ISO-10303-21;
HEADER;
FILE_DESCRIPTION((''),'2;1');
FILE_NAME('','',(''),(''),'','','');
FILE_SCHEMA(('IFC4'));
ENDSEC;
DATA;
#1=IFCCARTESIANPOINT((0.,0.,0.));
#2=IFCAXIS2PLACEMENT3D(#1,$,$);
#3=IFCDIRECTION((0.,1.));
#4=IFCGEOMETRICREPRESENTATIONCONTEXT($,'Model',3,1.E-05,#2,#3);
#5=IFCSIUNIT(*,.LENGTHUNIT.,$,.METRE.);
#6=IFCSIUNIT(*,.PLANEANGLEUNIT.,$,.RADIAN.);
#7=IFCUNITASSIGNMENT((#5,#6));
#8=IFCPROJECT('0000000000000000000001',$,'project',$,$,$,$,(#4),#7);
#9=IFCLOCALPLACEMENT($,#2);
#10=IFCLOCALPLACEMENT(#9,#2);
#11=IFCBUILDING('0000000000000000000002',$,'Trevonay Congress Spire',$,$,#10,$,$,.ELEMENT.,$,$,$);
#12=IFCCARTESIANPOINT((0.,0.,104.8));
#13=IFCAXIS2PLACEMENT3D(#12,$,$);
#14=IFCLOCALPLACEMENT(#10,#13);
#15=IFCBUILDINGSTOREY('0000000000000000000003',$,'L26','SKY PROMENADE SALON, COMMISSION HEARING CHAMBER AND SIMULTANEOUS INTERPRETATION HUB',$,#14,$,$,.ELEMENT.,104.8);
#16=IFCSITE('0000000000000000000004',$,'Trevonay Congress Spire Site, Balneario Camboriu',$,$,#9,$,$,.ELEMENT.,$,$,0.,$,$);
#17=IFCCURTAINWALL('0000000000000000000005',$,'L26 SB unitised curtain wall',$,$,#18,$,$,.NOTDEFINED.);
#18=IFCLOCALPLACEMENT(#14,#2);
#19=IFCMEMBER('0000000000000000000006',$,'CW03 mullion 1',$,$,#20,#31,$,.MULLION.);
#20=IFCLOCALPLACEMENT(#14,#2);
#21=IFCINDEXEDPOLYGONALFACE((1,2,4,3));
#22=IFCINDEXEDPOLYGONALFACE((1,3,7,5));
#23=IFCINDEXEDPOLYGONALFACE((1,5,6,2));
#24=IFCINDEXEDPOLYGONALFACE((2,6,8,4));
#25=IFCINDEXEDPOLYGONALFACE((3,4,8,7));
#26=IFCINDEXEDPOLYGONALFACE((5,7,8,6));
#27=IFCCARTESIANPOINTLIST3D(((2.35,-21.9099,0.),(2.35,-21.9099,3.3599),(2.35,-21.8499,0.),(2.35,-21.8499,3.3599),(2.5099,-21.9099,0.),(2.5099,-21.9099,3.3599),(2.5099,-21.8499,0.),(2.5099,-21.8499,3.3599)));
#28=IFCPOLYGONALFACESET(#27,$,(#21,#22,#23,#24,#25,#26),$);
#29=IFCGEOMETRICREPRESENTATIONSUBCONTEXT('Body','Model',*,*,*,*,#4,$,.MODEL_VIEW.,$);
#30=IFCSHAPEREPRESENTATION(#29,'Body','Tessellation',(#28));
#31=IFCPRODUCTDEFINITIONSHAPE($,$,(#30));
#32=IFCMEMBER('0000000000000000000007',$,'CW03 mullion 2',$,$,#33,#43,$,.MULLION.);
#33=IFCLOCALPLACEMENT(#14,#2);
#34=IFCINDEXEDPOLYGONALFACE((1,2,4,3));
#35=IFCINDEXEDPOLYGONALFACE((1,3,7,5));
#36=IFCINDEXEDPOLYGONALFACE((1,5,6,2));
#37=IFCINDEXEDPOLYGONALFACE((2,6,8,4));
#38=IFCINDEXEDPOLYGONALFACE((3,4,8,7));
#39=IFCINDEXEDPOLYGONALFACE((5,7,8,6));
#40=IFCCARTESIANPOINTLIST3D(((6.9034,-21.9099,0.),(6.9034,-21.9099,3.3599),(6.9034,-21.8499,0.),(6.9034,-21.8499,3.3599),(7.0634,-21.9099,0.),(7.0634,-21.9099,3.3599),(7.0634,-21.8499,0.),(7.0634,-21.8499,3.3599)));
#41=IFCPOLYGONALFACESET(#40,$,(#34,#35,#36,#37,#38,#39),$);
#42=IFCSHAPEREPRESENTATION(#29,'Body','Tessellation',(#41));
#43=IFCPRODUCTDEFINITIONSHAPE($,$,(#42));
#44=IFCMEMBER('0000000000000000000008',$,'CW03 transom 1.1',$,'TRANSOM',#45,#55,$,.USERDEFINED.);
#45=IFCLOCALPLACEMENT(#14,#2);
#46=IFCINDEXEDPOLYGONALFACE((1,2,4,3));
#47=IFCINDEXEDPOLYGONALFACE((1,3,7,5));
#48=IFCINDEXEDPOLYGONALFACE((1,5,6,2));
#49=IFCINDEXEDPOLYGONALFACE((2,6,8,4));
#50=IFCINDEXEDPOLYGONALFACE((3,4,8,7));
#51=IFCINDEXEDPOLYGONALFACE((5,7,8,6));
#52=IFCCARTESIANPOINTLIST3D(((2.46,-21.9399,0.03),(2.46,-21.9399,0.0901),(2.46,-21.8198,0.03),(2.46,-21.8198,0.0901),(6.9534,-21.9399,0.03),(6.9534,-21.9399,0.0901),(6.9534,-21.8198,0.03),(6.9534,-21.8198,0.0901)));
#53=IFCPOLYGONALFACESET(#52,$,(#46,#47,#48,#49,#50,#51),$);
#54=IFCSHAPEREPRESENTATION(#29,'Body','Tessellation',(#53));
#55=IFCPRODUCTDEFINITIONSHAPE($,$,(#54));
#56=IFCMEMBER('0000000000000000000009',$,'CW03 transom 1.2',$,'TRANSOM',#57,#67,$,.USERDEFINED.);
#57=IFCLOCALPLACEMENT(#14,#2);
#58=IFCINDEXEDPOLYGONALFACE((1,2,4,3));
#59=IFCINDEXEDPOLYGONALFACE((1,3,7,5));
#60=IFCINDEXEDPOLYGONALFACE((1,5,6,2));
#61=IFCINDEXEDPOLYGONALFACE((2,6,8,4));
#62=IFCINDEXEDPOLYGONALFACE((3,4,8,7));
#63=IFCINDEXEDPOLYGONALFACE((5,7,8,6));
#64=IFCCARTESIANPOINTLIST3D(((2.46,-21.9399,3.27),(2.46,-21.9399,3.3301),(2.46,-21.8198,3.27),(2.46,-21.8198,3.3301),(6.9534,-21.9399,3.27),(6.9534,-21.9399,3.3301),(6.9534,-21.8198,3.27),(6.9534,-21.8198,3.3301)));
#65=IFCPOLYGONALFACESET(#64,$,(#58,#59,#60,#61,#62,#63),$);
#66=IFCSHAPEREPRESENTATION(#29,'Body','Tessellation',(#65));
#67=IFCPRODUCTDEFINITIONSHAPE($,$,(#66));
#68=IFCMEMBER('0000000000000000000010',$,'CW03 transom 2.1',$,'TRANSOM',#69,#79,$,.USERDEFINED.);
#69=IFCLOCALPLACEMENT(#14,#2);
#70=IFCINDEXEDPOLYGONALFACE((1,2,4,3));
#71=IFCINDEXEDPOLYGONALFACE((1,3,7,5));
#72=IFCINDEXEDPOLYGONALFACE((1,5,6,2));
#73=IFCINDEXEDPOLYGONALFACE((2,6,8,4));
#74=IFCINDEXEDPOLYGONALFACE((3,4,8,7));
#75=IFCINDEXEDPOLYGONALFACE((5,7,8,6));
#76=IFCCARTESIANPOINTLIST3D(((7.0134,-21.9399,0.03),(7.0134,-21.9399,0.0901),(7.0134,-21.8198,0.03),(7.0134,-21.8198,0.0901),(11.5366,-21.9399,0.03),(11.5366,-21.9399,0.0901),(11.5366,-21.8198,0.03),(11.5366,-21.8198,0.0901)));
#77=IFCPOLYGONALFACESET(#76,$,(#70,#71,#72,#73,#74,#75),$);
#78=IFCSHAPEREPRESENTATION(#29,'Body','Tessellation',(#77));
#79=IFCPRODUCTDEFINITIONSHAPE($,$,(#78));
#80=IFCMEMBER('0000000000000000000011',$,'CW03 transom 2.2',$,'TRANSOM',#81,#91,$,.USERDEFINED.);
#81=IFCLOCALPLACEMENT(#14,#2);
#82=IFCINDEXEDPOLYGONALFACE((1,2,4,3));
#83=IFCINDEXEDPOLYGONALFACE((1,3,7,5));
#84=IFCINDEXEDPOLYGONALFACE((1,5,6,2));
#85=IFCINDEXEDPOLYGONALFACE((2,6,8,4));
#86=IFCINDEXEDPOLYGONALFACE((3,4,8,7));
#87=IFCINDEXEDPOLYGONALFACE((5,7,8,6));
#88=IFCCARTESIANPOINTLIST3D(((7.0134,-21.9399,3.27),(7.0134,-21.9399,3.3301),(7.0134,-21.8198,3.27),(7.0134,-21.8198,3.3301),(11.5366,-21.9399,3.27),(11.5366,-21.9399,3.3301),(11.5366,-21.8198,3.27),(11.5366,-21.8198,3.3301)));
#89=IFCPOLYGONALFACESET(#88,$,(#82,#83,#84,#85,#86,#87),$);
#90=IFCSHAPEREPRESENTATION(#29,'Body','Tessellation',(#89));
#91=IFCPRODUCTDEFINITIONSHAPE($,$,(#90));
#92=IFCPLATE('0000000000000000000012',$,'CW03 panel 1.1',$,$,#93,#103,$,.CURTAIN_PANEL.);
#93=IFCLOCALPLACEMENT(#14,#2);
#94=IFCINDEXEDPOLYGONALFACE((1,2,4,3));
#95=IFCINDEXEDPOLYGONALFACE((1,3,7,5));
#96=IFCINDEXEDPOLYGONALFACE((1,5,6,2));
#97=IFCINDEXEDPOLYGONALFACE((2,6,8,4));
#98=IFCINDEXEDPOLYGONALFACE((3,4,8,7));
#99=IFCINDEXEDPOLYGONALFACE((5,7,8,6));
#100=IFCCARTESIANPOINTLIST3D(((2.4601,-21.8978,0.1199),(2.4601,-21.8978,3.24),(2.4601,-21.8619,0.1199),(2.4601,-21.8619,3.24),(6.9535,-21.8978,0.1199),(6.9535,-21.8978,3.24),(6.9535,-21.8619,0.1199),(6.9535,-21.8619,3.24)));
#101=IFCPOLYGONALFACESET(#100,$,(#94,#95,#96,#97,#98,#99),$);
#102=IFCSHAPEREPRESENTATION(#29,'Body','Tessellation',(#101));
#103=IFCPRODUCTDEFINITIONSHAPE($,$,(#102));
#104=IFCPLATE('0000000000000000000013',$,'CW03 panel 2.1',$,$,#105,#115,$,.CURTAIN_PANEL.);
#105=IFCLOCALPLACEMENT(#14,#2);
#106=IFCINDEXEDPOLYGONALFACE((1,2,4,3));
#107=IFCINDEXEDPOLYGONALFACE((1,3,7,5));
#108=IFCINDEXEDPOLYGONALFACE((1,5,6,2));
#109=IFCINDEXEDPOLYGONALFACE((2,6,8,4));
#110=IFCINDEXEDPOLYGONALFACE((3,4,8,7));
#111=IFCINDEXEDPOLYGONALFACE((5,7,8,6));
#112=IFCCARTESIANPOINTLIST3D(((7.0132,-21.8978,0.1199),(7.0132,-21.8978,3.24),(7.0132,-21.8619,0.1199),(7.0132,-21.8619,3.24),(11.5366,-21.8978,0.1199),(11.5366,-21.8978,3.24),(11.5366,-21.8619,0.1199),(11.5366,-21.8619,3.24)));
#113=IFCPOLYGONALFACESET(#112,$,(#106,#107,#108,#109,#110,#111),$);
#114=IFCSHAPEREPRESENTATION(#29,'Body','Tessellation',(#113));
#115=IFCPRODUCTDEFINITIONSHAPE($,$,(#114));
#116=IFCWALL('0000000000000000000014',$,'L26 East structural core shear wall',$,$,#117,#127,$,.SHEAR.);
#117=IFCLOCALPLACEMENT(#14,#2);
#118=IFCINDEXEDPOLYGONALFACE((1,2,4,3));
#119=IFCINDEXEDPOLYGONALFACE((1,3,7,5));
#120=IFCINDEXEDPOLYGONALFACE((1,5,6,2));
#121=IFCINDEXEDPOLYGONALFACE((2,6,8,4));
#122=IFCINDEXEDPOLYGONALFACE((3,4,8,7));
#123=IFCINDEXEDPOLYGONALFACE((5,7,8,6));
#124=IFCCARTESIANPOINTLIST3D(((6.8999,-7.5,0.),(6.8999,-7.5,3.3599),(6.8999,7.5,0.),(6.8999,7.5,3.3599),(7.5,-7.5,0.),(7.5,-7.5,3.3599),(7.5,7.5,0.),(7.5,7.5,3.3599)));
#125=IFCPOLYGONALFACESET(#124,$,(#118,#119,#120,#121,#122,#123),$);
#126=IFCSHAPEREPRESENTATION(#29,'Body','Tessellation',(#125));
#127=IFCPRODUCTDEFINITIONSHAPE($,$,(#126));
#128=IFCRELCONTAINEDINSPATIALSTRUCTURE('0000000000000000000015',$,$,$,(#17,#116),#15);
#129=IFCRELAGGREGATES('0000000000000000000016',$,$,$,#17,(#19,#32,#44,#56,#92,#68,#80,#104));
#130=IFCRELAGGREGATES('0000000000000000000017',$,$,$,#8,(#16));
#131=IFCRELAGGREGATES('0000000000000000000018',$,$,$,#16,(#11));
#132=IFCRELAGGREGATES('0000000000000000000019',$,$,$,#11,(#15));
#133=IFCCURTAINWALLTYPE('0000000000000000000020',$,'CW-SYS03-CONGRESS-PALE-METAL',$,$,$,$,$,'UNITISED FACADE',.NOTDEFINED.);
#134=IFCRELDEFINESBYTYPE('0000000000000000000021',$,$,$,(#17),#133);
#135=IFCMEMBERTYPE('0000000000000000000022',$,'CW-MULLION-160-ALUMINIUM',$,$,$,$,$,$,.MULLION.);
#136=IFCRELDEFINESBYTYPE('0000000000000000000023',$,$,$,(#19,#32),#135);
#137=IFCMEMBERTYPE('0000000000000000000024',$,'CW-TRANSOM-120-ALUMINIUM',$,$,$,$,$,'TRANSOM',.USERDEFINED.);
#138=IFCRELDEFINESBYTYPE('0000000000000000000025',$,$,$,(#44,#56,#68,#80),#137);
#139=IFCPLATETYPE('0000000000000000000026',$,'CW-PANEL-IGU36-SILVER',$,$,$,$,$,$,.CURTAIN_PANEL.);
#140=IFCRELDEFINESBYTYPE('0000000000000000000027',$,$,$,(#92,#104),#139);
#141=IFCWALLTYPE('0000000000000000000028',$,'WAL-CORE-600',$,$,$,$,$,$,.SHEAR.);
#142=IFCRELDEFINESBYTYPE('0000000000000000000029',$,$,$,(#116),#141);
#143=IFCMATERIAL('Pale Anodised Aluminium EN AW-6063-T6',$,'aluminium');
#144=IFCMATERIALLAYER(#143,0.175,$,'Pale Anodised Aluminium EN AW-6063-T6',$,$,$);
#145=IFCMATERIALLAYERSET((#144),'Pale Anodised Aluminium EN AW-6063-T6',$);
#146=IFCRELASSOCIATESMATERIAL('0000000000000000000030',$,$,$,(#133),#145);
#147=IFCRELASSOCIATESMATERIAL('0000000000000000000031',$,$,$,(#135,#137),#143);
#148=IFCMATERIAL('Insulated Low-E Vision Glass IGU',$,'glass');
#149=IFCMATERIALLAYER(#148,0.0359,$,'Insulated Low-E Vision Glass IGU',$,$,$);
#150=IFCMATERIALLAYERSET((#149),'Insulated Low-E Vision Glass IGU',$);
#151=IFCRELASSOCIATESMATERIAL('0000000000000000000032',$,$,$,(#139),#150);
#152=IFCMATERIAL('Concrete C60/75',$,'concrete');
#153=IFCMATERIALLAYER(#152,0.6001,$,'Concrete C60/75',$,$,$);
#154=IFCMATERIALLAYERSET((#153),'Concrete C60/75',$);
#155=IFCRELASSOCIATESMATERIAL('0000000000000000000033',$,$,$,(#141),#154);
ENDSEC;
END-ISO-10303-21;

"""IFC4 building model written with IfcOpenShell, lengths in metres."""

from ifc_helpers import new_model, si_unit, direction, frame, frame_2d, origin, origin_2d, place, context, subcontext, project, spatial, rectangle, extrude, material, layer, layer_set, material_profile, profile_set, type_object, element, aggregate, save


model = new_model("IFC4")

# Units and contexts
model_context = context("Model", 3, precision=1e-05, world=origin(), true_north=direction((0.0, 1.0)))
body_context = subcontext(model_context, "Body", "Model", "MODEL_VIEW")
ifc_project = project(units=[si_unit("LENGTHUNIT", "METRE"), si_unit("PLANEANGLEUNIT", "RADIAN")], contexts=[model_context])

# Site, building, storey
site_placement = place(None, origin())
site = spatial("IfcSite", under=ifc_project, at=site_placement, Name="Trevonay Congress Spire Site, Balneario Camboriu", CompositionType="ELEMENT", RefElevation=0.0)
building_placement = place(site_placement, origin())
building = spatial("IfcBuilding", under=site, at=building_placement, Name="Trevonay Congress Spire", CompositionType="ELEMENT")
storey_placement = place(building_placement, frame((0.0, 0.0, 104.8)))
storey = spatial("IfcBuildingStorey", under=building, at=storey_placement, Name="L26", Description="SKY PROMENADE SALON, COMMISSION HEARING CHAMBER AND SIMULTANEOUS INTERPRETATION HUB", CompositionType="ELEMENT", Elevation=104.8)

# Curtain wall, members, plates
ifc_material_1 = material(Name="Pale Anodised Aluminium EN AW-6063-T6", Category="aluminium")
ifc_layer_1 = layer(ifc_material_1, 0.175, Name="Pale Anodised Aluminium EN AW-6063-T6")
ifc_layer_set_1 = layer_set([ifc_layer_1], Name="Pale Anodised Aluminium EN AW-6063-T6")
curtain_wall_type = type_object("IfcCurtainWallType", Name="CW-SYS03-CONGRESS-PALE-METAL", ElementType="UNITISED FACADE", PredefinedType="NOTDEFINED", material=ifc_layer_set_1)
curtain_wall_placement = place(storey_placement, origin())
curtain_wall = element("IfcCurtainWall", 1, at=curtain_wall_placement, inside=storey, type_object=curtain_wall_type, Name="L26 SB unitised curtain wall", PredefinedType="NOTDEFINED")
ifc_material_profile_1 = material_profile(ifc_material_1, rectangle(XDim=0.0601, YDim=0.1599, at=origin_2d()), Name="CW-MULLION-160-ALUMINIUM")
ifc_profile_set_1 = profile_set([ifc_material_profile_1], Name="Pale Anodised Aluminium EN AW-6063-T6")
member_type_1 = type_object("IfcMemberType", Name="CW-MULLION-160-ALUMINIUM", PredefinedType="MULLION", material=ifc_profile_set_1)
member_1_placement = place(storey_placement, frame((2.4299, -21.8799, 0.0), z_axis=(0.0, 0.0, 1.0), x_axis=(0.0, 1.0, 0.0)))
member_1 = element("IfcMember", 2, at=member_1_placement, type_object=member_type_1, Name="CW03 mullion 1", PredefinedType="MULLION", context=body_context, shape_type="SweptSolid", body=[
    extrude(rectangle(XDim=0.0601, YDim=0.1599, at=origin_2d()), origin(), (0.0, 0.0, 1.0), 3.3599),
])
member_2_placement = place(storey_placement, frame((6.9834, -21.8799, 0.0), z_axis=(0.0, 0.0, 1.0), x_axis=(0.0, 1.0, 0.0)))
member_2 = element("IfcMember", 3, at=member_2_placement, type_object=member_type_1, Name="CW03 mullion 2", PredefinedType="MULLION", context=body_context, shape_type="SweptSolid", body=[
    extrude(rectangle(XDim=0.0601, YDim=0.1599, at=origin_2d()), origin(), (0.0, 0.0, 1.0), 3.3599),
])
ifc_material_profile_2 = material_profile(ifc_material_1, rectangle(XDim=0.1201, YDim=0.0601, at=origin_2d()), Name="CW-TRANSOM-120-ALUMINIUM")
ifc_profile_set_2 = profile_set([ifc_material_profile_2], Name="Pale Anodised Aluminium EN AW-6063-T6")
member_type_2 = type_object("IfcMemberType", Name="CW-TRANSOM-120-ALUMINIUM", ElementType="TRANSOM", PredefinedType="USERDEFINED", material=ifc_profile_set_2)
member_3_placement = place(storey_placement, frame((2.46, -21.8799, 0.0601), z_axis=(1.0, 0.0, 0.0), x_axis=(0.0, 1.0, 0.0)))
member_3 = element("IfcMember", 4, at=member_3_placement, type_object=member_type_2, Name="CW03 transom 1.1", ObjectType="TRANSOM", PredefinedType="USERDEFINED", context=body_context, shape_type="SweptSolid", body=[
    extrude(rectangle(XDim=0.1201, YDim=0.0601, at=origin_2d()), origin(), (0.0, 0.0, 1.0), 4.4934),
])
member_4_placement = place(storey_placement, frame((2.46, -21.8799, 3.3), z_axis=(1.0, 0.0, 0.0), x_axis=(0.0, 1.0, 0.0)))
member_4 = element("IfcMember", 5, at=member_4_placement, type_object=member_type_2, Name="CW03 transom 1.2", ObjectType="TRANSOM", PredefinedType="USERDEFINED", context=body_context, shape_type="SweptSolid", body=[
    extrude(rectangle(XDim=0.1201, YDim=0.0601, at=origin_2d()), origin(), (0.0, 0.0, 1.0), 4.4934),
])
member_5_placement = place(storey_placement, frame((7.0134, -21.8799, 0.0601), z_axis=(1.0, 0.0, 0.0), x_axis=(0.0, 1.0, 0.0)))
member_5 = element("IfcMember", 6, at=member_5_placement, type_object=member_type_2, Name="CW03 transom 2.1", ObjectType="TRANSOM", PredefinedType="USERDEFINED", context=body_context, shape_type="SweptSolid", body=[
    extrude(rectangle(XDim=0.1201, YDim=0.0601, at=origin_2d()), origin(), (0.0, 0.0, 1.0), 4.5232),
])
member_6_placement = place(storey_placement, frame((7.0134, -21.8799, 3.3), z_axis=(1.0, 0.0, 0.0), x_axis=(0.0, 1.0, 0.0)))
member_6 = element("IfcMember", 7, at=member_6_placement, type_object=member_type_2, Name="CW03 transom 2.2", ObjectType="TRANSOM", PredefinedType="USERDEFINED", context=body_context, shape_type="SweptSolid", body=[
    extrude(rectangle(XDim=0.1201, YDim=0.0601, at=origin_2d()), origin(), (0.0, 0.0, 1.0), 4.5232),
])
ifc_material_2 = material(Name="Insulated Low-E Vision Glass IGU", Category="glass")
ifc_layer_2 = layer(ifc_material_2, 0.0359, Name="Insulated Low-E Vision Glass IGU")
ifc_layer_set_2 = layer_set([ifc_layer_2], Name="Insulated Low-E Vision Glass IGU")
plate_type = type_object("IfcPlateType", Name="CW-PANEL-IGU36-SILVER", PredefinedType="CURTAIN_PANEL", material=ifc_layer_set_2)
plate_1_placement = place(storey_placement, frame((4.7068, -21.8799, 0.1199), z_axis=(0.0, 0.0, 1.0), x_axis=(1.0, 0.0, 0.0)))
plate_1 = element("IfcPlate", 8, at=plate_1_placement, type_object=plate_type, Name="CW03 panel 1.1", PredefinedType="CURTAIN_PANEL", context=body_context, shape_type="SweptSolid", body=[
    extrude(rectangle(XDim=4.4934, YDim=0.0359, at=origin_2d()), origin(), (0.0, 0.0, 1.0), 3.1201),
])
plate_2_placement = place(storey_placement, frame((9.2749, -21.8799, 0.1199), z_axis=(0.0, 0.0, 1.0), x_axis=(1.0, 0.0, 0.0)))
plate_2 = element("IfcPlate", 9, at=plate_2_placement, type_object=plate_type, Name="CW03 panel 2.1", PredefinedType="CURTAIN_PANEL", context=body_context, shape_type="SweptSolid", body=[
    extrude(rectangle(XDim=4.5234, YDim=0.0359, at=origin_2d()), origin(), (0.0, 0.0, 1.0), 3.1201),
])
aggregate(curtain_wall, [member_1, member_2, member_3, member_4, plate_1, member_5, member_6, plate_2])

# Wall
ifc_material_3 = material(Name="Concrete C60/75", Category="concrete")
ifc_layer_3 = layer(ifc_material_3, 0.6001, Name="Concrete C60/75")
ifc_layer_set_3 = layer_set([ifc_layer_3], Name="Concrete C60/75")
wall_type = type_object("IfcWallType", Name="WAL-CORE-600", PredefinedType="SHEAR", material=ifc_layer_set_3)
wall_placement = place(storey_placement, frame((7.2, -7.5, 0.0), z_axis=(0.0, 0.0, 1.0), x_axis=(0.0, 1.0, 0.0)))
element("IfcWall", 10, at=wall_placement, inside=storey, type_object=wall_type, Name="L26 East structural core shear wall", PredefinedType="SHEAR", context=body_context, shape_type="SweptSolid", body=[
    extrude(rectangle(XDim=15.0, YDim=0.6001, at=frame_2d((7.5, 0.0))), origin(), (0.0, 0.0, 1.0), 3.3599),
])

save(model, "model.ifc")
